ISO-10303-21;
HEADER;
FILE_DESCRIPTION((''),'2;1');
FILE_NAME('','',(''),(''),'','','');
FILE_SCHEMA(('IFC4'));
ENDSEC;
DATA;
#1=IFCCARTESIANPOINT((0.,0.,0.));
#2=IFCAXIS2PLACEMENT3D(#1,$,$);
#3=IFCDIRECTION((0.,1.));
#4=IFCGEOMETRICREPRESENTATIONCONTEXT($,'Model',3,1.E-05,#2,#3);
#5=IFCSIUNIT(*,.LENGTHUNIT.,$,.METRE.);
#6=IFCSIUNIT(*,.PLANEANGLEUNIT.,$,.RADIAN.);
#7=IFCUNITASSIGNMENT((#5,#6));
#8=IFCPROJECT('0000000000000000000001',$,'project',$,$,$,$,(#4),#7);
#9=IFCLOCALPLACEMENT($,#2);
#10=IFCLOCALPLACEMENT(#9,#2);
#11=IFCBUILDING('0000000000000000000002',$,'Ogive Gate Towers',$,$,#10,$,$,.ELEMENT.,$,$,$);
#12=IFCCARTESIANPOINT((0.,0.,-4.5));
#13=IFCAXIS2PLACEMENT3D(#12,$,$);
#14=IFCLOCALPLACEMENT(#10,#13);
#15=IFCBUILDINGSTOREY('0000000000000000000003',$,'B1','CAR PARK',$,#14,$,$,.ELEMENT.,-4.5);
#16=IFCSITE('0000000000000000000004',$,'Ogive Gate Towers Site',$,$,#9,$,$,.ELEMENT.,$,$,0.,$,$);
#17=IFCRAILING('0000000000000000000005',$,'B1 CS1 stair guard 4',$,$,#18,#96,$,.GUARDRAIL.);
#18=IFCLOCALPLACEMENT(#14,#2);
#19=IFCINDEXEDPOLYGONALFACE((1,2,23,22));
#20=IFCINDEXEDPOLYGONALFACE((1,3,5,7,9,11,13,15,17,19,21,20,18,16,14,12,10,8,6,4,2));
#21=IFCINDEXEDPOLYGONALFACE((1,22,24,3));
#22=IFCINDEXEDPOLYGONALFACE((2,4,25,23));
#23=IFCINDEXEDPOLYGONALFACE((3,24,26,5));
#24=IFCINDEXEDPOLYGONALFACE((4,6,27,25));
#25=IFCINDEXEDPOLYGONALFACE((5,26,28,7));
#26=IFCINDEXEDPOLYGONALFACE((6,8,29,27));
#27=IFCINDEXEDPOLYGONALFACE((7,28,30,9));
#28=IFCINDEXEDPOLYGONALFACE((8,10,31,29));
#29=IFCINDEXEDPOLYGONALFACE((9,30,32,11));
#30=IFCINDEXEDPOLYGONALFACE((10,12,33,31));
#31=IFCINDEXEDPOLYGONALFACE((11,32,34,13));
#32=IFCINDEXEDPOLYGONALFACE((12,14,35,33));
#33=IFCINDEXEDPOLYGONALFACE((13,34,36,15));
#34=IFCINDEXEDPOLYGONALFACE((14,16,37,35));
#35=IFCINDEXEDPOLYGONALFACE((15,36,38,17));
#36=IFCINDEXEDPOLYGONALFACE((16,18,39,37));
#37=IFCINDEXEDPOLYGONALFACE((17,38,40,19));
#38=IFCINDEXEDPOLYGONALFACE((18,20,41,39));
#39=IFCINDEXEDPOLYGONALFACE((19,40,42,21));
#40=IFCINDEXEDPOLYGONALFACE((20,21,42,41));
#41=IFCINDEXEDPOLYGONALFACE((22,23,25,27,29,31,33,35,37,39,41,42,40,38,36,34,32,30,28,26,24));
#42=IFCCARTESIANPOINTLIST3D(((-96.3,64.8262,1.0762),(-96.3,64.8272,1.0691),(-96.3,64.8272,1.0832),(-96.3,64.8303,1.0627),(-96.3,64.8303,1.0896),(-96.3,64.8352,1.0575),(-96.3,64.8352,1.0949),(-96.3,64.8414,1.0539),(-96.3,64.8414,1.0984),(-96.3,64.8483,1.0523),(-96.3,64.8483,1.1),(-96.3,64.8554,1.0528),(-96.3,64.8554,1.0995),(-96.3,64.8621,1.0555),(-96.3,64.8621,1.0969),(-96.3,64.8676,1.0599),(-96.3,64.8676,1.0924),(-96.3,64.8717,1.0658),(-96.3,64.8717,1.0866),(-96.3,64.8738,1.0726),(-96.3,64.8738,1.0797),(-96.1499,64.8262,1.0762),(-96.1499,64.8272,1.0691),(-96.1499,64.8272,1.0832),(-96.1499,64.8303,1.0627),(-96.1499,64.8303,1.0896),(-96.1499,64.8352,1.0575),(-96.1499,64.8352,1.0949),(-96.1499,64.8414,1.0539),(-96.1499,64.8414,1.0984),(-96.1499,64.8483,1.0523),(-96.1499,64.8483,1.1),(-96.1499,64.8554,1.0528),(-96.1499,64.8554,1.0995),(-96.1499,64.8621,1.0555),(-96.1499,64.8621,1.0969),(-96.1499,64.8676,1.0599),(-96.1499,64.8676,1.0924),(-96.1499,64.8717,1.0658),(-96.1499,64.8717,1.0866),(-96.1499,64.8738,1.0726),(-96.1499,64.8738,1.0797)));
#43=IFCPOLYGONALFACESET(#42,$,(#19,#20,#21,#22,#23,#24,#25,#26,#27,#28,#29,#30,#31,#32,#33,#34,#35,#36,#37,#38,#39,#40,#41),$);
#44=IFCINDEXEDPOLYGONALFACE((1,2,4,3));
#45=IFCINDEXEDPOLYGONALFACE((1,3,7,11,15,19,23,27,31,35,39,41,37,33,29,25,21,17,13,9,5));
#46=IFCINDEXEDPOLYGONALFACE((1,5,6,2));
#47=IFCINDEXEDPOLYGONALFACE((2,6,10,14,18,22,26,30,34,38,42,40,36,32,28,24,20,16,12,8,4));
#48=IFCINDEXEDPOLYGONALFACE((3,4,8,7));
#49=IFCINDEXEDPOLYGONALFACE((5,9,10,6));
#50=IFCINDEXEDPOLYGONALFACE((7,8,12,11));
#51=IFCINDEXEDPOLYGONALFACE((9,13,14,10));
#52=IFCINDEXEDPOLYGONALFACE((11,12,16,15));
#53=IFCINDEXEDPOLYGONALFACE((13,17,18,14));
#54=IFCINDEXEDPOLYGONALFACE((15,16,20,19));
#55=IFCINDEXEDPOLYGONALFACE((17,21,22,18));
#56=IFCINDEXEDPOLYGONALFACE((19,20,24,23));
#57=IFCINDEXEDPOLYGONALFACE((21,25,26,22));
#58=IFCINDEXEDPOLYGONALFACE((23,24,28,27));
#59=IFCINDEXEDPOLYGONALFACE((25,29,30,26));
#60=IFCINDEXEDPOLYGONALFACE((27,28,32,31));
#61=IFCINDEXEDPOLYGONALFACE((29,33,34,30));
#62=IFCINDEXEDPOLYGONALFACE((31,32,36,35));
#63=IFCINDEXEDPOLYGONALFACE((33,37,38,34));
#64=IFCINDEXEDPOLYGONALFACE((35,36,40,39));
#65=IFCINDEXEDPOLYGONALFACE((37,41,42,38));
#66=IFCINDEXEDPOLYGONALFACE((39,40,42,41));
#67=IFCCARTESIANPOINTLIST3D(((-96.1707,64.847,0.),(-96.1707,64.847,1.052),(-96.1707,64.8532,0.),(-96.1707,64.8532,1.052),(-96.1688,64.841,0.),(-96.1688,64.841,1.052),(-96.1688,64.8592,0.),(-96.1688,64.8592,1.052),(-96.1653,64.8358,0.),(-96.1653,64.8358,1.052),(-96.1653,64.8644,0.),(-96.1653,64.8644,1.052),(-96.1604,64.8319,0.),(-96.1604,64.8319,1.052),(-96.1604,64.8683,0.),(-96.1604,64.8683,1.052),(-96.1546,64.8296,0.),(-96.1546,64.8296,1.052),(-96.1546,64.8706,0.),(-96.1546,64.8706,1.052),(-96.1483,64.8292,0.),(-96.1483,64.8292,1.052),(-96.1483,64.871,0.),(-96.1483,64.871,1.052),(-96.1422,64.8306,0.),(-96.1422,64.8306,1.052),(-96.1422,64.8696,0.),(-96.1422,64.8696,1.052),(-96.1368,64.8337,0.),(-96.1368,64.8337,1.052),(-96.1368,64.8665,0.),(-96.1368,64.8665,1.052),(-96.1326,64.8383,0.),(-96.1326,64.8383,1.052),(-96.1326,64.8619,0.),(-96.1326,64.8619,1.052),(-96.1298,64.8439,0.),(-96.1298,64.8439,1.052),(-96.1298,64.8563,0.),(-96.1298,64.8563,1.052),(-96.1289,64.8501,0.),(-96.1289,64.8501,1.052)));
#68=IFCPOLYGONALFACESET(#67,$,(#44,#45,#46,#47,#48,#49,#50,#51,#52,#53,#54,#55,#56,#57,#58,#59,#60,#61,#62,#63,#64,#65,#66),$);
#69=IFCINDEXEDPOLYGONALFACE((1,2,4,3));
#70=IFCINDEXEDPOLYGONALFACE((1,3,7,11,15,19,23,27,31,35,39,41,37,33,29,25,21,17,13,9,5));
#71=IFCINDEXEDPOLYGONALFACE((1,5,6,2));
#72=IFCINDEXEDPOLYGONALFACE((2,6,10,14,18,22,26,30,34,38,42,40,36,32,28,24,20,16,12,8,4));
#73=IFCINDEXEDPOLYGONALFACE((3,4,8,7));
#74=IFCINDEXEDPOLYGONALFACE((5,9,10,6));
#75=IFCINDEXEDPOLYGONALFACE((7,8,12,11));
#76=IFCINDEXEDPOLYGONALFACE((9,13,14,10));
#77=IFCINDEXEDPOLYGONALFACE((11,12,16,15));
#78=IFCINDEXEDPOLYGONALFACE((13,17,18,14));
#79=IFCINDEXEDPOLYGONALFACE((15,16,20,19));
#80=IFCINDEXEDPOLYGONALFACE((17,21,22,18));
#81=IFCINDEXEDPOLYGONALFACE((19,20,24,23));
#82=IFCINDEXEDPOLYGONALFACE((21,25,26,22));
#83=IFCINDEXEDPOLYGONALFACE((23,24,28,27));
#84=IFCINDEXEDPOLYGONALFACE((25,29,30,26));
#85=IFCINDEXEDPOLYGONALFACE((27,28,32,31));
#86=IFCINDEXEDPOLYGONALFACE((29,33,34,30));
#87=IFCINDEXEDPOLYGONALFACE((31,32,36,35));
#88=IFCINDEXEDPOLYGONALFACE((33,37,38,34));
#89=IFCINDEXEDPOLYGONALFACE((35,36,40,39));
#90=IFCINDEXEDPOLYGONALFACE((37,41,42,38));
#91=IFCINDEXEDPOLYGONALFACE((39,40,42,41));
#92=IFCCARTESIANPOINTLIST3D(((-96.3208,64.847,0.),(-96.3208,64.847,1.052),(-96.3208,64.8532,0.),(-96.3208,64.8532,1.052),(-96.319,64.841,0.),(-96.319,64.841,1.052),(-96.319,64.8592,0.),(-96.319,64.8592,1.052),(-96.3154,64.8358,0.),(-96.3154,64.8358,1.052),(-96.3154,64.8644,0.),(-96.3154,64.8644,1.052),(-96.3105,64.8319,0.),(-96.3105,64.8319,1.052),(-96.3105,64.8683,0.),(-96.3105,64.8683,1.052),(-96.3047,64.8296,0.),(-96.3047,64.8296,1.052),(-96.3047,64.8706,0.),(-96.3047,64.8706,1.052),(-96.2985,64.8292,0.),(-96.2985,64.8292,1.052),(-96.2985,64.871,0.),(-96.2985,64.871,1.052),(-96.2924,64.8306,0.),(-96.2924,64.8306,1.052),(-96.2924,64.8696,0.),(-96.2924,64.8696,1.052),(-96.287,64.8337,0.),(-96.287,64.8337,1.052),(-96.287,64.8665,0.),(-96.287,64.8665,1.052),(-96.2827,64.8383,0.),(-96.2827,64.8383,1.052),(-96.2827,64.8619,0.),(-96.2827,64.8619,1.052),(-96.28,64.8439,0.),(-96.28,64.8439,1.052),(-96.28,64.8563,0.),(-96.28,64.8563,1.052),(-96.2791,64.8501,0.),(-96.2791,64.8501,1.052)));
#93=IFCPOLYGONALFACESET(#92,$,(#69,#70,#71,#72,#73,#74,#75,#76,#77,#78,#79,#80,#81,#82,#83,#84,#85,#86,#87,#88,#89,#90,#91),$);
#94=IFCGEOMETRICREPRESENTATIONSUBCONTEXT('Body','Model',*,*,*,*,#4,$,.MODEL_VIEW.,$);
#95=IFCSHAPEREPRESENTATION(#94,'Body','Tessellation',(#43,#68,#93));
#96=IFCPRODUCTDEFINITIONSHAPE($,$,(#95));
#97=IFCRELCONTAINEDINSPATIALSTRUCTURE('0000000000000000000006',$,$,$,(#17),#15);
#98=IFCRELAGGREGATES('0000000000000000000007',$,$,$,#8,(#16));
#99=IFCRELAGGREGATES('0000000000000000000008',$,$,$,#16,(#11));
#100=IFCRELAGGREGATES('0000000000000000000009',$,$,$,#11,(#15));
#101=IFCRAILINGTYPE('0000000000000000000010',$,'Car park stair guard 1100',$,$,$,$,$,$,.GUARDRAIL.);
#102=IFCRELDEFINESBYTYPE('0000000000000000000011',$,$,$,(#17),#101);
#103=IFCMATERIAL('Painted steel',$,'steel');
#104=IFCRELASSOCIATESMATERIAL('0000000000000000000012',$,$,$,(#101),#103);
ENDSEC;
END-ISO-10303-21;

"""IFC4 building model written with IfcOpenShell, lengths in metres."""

from ifc_helpers import new_model, si_unit, direction, frame, origin, origin_2d, place, context, subcontext, project, spatial, circle, extrude, material, type_object, element, save


model = new_model("IFC4")

# Units and contexts
model_context = context("Model", 3, precision=1e-05, world=origin(), true_north=direction((0.0, 1.0)))
body_context = subcontext(model_context, "Body", "Model", "MODEL_VIEW")
ifc_project = project(units=[si_unit("LENGTHUNIT", "METRE"), si_unit("PLANEANGLEUNIT", "RADIAN")], contexts=[model_context])

# Site, building, storey
site_placement = place(None, origin())
site = spatial("IfcSite", under=ifc_project, at=site_placement, Name="Ogive Gate Towers Site", CompositionType="ELEMENT", RefElevation=0.0)
building_placement = place(site_placement, origin())
building = spatial("IfcBuilding", under=site, at=building_placement, Name="Ogive Gate Towers", CompositionType="ELEMENT")
storey_placement = place(building_placement, frame((0.0, 0.0, -4.5)))
storey = spatial("IfcBuildingStorey", under=building, at=storey_placement, Name="B1", Description="CAR PARK", CompositionType="ELEMENT", Elevation=-4.5)

# Railing
ifc_material_1 = material(Name="Painted steel", Category="steel")
railing_type_1 = type_object("IfcRailingType", Name="Car park stair guard 1100", PredefinedType="GUARDRAIL", material=ifc_material_1)
railing_1_placement = place(storey_placement, frame((-96.1499, 64.8501, 0.0)))
element("IfcRailing", 1, at=railing_1_placement, inside=storey, type_object=railing_type_1, Name="B1 CS1 stair guard 4", PredefinedType="GUARDRAIL", context=body_context, shape_type="SweptSolid", body=[
    extrude(circle(Radius=0.0239, at=origin_2d()), frame((0.0, 0.0, 1.0762), z_axis=(-1.0, 0.0, 0.0), x_axis=(0.0, -1.0, 0.0)), (0.0, 0.0, 1.0), 0.1501),
    extrude(circle(Radius=0.021, at=origin_2d()), origin(), (0.0, 0.0, 1.0), 1.052),
    extrude(circle(Radius=0.021, at=origin_2d()), frame((-0.1501, 0.0, 0.0)), (0.0, 0.0, 1.0), 1.052),
])

save(model, "model.ifc")
